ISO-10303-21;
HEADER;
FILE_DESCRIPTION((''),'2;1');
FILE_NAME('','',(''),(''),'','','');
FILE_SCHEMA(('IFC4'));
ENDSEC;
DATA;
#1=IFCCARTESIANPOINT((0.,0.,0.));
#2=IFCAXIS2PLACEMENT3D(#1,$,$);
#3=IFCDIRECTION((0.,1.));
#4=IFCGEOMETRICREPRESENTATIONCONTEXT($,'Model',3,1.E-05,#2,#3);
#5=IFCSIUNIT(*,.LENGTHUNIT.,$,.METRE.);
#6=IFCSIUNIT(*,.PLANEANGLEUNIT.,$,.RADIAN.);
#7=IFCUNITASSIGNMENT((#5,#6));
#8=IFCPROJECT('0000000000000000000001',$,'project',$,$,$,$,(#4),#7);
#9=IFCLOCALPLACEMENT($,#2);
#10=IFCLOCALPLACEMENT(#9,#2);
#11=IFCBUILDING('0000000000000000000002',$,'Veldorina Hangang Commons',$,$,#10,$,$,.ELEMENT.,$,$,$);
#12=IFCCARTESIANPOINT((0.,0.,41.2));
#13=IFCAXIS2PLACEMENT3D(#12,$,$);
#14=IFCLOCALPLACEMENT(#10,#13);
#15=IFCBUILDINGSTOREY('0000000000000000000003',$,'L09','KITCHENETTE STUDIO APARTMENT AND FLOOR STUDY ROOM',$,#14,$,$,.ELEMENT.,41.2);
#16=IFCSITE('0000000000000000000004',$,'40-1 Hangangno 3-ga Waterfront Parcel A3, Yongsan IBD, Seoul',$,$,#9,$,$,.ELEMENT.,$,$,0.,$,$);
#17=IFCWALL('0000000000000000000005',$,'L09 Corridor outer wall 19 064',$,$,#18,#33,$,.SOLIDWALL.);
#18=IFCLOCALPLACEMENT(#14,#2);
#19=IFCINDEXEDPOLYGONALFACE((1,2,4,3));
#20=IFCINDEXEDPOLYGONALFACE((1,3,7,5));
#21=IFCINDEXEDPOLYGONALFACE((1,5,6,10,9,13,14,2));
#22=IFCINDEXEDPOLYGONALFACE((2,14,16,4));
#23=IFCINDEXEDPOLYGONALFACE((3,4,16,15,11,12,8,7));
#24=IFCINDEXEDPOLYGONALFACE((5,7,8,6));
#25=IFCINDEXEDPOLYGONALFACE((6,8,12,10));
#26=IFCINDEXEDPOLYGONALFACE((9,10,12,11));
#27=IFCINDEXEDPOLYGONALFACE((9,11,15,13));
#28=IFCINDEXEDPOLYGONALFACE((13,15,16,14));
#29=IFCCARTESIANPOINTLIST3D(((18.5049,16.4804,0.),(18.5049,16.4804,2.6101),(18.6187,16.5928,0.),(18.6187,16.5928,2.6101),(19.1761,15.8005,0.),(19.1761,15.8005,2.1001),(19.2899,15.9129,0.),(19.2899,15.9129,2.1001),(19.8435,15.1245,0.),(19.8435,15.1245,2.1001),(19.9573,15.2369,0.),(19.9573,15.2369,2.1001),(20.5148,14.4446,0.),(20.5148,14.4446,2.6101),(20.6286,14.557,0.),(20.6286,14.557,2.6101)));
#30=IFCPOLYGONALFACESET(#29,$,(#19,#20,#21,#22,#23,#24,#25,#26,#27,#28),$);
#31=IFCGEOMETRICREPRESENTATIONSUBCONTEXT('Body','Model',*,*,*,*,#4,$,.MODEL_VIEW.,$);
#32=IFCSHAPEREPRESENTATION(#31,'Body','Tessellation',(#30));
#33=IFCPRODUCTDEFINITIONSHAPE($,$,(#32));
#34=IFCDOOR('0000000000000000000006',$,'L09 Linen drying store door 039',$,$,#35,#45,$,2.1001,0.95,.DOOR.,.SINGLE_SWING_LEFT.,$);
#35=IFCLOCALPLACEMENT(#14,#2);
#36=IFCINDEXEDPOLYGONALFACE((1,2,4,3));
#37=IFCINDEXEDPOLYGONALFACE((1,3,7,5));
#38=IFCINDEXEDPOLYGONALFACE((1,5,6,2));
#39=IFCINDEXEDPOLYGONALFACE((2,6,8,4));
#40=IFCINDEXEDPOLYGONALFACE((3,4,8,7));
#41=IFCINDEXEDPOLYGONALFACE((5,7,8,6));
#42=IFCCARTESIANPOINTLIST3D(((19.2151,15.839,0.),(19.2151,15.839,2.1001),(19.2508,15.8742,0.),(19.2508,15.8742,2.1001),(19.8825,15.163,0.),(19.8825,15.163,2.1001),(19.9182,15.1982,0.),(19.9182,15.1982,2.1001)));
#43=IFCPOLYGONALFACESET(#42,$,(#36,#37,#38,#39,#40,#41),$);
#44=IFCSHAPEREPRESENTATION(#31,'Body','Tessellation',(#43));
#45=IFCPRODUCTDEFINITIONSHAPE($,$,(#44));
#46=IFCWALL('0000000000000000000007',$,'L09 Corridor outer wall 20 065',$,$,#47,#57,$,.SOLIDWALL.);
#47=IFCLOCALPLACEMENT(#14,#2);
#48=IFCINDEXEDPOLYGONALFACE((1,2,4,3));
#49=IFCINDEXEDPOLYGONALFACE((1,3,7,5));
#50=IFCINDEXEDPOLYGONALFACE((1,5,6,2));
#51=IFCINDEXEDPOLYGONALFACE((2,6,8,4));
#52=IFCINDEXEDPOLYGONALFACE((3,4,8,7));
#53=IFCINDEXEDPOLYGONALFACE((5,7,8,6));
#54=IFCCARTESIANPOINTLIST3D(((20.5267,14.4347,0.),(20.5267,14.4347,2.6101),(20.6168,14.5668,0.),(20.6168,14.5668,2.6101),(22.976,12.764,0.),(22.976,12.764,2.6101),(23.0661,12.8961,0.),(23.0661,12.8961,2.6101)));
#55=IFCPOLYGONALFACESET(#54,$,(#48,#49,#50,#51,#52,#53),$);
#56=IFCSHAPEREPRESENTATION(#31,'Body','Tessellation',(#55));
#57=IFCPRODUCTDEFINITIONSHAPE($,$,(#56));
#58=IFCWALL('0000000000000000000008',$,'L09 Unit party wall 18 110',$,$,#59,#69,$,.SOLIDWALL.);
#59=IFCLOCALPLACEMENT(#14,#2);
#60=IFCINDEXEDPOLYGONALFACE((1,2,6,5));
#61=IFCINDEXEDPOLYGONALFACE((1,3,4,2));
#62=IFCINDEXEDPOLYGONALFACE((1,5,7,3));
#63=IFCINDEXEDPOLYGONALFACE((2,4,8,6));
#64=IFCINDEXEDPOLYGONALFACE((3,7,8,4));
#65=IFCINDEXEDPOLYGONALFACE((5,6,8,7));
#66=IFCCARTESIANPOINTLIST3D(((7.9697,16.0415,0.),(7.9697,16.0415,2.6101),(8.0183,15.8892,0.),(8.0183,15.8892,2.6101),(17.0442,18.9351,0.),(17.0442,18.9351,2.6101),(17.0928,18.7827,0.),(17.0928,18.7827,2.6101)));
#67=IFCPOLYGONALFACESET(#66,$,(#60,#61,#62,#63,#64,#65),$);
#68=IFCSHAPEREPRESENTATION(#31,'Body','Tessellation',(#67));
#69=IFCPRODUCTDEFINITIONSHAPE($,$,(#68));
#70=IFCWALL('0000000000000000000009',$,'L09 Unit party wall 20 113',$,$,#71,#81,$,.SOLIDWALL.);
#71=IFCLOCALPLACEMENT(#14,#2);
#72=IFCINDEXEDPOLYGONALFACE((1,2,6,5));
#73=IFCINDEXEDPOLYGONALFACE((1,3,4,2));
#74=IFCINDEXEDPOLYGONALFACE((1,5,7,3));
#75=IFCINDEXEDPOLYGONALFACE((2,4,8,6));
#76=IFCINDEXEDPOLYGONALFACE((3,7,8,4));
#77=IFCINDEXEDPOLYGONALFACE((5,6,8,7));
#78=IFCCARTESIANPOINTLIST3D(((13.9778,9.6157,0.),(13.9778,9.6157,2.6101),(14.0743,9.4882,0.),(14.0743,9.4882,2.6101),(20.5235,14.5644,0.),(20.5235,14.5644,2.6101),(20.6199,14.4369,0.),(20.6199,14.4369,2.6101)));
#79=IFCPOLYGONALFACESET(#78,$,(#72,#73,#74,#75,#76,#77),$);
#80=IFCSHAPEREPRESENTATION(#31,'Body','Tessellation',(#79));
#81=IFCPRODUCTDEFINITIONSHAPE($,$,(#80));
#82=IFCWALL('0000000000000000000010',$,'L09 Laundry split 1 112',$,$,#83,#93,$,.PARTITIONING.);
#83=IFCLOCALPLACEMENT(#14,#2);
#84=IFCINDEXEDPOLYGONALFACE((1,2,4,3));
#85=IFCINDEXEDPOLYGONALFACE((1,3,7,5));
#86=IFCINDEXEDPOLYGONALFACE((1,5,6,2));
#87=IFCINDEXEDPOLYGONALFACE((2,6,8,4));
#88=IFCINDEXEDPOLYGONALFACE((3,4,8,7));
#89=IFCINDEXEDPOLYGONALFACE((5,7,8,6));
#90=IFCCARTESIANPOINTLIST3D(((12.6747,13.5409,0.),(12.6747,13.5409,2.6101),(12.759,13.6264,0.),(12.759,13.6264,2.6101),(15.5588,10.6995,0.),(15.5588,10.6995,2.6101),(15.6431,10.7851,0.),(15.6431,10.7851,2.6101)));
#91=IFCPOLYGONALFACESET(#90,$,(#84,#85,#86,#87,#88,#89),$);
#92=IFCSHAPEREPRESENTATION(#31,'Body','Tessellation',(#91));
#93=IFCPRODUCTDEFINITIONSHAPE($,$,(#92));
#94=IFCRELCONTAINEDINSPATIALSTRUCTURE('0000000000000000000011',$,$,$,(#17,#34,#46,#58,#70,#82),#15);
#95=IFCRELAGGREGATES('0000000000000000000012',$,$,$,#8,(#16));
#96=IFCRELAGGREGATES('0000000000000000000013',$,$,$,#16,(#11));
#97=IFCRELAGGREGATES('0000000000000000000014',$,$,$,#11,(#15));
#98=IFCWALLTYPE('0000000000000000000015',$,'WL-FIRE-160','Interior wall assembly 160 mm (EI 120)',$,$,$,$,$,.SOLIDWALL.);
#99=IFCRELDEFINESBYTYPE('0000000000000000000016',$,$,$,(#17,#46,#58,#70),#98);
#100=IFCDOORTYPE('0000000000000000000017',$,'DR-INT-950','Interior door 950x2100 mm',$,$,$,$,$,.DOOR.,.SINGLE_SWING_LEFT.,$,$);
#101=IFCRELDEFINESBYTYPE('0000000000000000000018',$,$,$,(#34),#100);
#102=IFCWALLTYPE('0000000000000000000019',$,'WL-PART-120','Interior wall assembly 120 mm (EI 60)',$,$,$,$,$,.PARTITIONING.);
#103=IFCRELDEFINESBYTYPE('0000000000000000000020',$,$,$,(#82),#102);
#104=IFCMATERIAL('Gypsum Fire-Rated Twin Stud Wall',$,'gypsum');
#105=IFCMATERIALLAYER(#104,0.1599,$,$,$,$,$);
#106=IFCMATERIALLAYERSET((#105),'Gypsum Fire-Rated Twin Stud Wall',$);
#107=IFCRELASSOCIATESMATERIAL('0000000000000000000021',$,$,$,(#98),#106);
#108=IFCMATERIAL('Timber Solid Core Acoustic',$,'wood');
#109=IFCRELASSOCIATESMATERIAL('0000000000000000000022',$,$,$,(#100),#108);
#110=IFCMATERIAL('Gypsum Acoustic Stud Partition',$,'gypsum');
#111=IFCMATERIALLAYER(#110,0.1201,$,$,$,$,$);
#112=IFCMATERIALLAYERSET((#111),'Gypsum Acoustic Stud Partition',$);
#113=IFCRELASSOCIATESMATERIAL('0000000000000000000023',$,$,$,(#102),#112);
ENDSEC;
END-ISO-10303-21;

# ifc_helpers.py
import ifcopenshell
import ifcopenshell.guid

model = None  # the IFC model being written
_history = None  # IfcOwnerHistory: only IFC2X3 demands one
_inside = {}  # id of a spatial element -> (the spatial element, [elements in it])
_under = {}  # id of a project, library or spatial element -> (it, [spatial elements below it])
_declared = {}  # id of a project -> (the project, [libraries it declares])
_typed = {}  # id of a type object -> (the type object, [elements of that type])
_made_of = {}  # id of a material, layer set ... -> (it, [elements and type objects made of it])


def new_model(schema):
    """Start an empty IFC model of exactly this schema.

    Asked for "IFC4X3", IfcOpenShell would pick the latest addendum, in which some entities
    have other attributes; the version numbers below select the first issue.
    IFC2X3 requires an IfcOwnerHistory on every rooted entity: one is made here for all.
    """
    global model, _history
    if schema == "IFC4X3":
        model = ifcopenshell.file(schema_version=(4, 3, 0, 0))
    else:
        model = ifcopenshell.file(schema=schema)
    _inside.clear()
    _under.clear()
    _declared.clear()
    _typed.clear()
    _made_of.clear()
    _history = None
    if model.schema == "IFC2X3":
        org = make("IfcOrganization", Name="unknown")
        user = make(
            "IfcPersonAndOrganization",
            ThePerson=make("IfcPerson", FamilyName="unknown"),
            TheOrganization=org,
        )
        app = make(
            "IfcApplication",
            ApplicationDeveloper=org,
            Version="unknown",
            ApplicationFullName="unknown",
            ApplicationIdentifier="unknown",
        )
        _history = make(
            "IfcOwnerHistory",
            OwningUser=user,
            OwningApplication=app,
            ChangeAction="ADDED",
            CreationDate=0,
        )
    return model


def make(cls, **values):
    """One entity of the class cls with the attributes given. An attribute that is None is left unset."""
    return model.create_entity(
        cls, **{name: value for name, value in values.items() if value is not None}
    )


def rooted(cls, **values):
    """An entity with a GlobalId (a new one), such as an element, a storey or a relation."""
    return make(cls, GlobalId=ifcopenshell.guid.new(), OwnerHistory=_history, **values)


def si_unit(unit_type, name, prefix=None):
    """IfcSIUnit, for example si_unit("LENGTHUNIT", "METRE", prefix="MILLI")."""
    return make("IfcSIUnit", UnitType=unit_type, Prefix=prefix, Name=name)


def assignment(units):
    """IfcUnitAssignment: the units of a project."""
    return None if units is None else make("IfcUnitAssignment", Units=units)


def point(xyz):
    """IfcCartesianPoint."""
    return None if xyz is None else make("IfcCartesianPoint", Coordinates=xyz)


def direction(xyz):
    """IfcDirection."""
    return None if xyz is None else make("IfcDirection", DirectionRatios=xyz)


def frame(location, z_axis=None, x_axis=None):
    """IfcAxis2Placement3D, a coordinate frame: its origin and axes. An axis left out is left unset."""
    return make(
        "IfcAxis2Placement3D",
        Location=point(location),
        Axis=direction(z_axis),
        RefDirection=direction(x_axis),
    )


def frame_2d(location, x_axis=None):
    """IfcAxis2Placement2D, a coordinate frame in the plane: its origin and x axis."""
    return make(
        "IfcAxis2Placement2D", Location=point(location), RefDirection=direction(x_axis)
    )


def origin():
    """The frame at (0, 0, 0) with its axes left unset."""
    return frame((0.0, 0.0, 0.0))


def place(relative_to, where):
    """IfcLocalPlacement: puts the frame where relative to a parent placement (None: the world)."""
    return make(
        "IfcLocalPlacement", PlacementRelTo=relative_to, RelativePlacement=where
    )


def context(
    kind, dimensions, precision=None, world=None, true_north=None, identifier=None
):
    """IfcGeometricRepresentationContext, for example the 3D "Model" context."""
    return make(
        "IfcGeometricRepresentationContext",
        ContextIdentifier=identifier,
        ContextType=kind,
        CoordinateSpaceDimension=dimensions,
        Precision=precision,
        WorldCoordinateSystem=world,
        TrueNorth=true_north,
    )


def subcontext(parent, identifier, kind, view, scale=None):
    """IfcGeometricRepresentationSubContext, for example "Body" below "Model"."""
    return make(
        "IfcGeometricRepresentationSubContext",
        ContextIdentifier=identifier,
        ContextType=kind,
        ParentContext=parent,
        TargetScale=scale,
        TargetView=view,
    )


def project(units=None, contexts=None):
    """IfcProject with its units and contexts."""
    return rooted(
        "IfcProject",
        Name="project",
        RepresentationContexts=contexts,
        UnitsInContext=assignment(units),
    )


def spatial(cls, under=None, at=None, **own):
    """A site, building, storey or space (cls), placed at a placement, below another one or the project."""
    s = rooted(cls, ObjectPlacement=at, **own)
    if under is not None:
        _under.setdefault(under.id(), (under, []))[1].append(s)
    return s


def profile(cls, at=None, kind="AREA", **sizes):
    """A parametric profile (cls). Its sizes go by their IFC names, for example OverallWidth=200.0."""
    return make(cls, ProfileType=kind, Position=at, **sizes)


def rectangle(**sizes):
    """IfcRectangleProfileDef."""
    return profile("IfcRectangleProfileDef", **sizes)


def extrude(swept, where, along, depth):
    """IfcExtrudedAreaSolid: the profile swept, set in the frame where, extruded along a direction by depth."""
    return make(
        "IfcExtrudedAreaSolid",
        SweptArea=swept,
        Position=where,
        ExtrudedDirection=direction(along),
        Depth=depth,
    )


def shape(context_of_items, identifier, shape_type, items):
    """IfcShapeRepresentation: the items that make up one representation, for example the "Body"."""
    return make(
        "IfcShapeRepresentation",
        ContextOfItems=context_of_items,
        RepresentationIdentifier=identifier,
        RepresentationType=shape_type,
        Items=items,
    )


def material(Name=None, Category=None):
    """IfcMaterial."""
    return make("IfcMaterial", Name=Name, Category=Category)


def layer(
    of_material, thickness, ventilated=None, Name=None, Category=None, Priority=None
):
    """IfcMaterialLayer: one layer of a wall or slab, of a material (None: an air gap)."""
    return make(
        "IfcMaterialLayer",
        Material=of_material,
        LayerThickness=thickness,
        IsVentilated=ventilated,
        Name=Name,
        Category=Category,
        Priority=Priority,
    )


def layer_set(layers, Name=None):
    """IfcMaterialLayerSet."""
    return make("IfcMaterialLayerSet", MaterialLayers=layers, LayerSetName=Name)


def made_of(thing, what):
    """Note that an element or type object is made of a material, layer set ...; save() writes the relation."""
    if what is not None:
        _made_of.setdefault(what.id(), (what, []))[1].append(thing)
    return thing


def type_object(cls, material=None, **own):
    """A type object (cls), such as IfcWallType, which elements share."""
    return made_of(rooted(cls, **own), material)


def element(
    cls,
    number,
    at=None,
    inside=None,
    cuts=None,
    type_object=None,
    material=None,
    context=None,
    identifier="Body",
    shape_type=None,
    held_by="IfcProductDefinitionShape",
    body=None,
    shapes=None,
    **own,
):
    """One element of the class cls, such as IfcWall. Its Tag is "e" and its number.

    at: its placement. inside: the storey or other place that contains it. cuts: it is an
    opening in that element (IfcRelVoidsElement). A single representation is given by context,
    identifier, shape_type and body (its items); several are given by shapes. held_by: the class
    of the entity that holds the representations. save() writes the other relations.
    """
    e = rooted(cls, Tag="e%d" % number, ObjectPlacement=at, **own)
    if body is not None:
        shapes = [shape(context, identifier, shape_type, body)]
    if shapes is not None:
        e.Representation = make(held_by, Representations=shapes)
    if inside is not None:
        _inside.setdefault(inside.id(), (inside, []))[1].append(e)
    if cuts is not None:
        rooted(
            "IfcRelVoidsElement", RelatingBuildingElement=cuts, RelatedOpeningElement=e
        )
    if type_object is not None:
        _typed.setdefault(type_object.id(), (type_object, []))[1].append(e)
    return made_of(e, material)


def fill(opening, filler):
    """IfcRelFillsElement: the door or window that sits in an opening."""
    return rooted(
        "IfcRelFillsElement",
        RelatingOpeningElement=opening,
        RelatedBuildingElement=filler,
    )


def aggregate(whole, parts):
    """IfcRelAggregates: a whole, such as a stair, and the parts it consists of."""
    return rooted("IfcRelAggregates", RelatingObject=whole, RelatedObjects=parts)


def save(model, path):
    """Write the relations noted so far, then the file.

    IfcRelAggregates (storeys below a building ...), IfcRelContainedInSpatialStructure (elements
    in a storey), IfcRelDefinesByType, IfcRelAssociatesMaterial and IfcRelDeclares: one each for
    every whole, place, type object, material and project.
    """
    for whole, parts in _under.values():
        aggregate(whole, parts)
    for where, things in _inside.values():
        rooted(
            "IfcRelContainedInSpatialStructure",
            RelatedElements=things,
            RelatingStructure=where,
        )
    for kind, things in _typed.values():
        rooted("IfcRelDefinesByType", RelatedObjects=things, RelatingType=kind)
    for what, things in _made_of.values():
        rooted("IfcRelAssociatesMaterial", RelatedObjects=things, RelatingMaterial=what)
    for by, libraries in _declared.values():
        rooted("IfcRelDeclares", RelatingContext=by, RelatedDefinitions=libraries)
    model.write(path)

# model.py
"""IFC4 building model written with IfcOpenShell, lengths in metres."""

from ifc_helpers import new_model, si_unit, direction, frame, frame_2d, origin, place, context, subcontext, project, spatial, rectangle, extrude, material, layer, layer_set, type_object, element, fill, save


model = new_model("IFC4")

# Units and contexts
model_context = context("Model", 3, precision=1e-05, world=origin(), true_north=direction((0.0, 1.0)))
body_context = subcontext(model_context, "Body", "Model", "MODEL_VIEW")
ifc_project = project(units=[si_unit("LENGTHUNIT", "METRE"), si_unit("PLANEANGLEUNIT", "RADIAN")], contexts=[model_context])

# Site, building, storey
site_placement = place(None, origin())
site = spatial("IfcSite", under=ifc_project, at=site_placement, Name="40-1 Hangangno 3-ga Waterfront Parcel A3, Yongsan IBD, Seoul", CompositionType="ELEMENT", RefElevation=0.0)
building_placement = place(site_placement, origin())
building = spatial("IfcBuilding", under=site, at=building_placement, Name="Veldorina Hangang Commons", CompositionType="ELEMENT")
storey_placement = place(building_placement, frame((0.0, 0.0, 41.2)))
storey = spatial("IfcBuildingStorey", under=building, at=storey_placement, Name="L09", Description="KITCHENETTE STUDIO APARTMENT AND FLOOR STUDY ROOM", CompositionType="ELEMENT", Elevation=41.2)

# Shared definitions
ifc_material_1 = material(Name="Gypsum Fire-Rated Twin Stud Wall", Category="gypsum")
ifc_layer_1 = layer(ifc_material_1, 0.1599)
ifc_layer_set_1 = layer_set([ifc_layer_1], Name="Gypsum Fire-Rated Twin Stud Wall")
wall_type_1 = type_object("IfcWallType", Name="WL-FIRE-160", Description="Interior wall assembly 160 mm (EI 120)", PredefinedType="SOLIDWALL", material=ifc_layer_set_1)

# Wall, opening, door
wall_1_placement = place(storey_placement, frame((18.5618, 16.5366, 0.0), z_axis=(0.0, 0.0, 1.0), x_axis=(0.70257, -0.711615, 0.0)))
wall_1 = element("IfcWall", 1, at=wall_1_placement, inside=storey, type_object=wall_type_1, Name="L09 Corridor outer wall 19 064", PredefinedType="SOLIDWALL", context=body_context, shape_type="SweptSolid", body=[
    extrude(rectangle(XDim=2.8608, YDim=0.1599, at=frame_2d((1.4304, 0.0))), origin(), (0.0, 0.0, 1.0), 2.6101),
])
opening_placement = place(wall_1_placement, frame((0.9553, 0.0, 0.0)))
opening = element("IfcOpeningElement", 2, at=opening_placement, cuts=wall_1, PredefinedType="OPENING", context=body_context, shape_type="SweptSolid", body=[
    extrude(rectangle(XDim=0.95, YDim=2.1001, at=frame_2d((0.4751, 1.05))), frame((0.0, 0.0898, 0.0), z_axis=(0.0, -1.0, 0.0), x_axis=(1.0, 0.0, 0.0)), (0.0, 0.0, 1.0), 0.1799),
])
ifc_material_2 = material(Name="Timber Solid Core Acoustic", Category="wood")
door_type = type_object("IfcDoorType", Name="DR-INT-950", Description="Interior door 950x2100 mm", OperationType="SINGLE_SWING_LEFT", PredefinedType="DOOR", material=ifc_material_2)
door_placement = place(opening_placement, origin())
door = element("IfcDoor", 3, at=door_placement, inside=storey, type_object=door_type, Name="L09 Linen drying store door 039", OperationType="SINGLE_SWING_LEFT", OverallHeight=2.1001, OverallWidth=0.95, PredefinedType="DOOR", context=body_context, shape_type="SweptSolid", body=[
    extrude(rectangle(XDim=0.95, YDim=2.1001, at=frame_2d((0.4751, 1.05))), frame((0.0, 0.0249, 0.0), z_axis=(0.0, -1.0, 0.0), x_axis=(1.0, 0.0, 0.0)), (0.0, 0.0, 1.0), 0.05),
])
fill(opening, door)

# Walls
wall_2_placement = place(storey_placement, frame((20.5718, 14.5007, 0.0), z_axis=(0.0, 0.0, 1.0), x_axis=(0.826112, -0.563505, 0.0)))
element("IfcWall", 4, at=wall_2_placement, inside=storey, type_object=wall_type_1, Name="L09 Corridor outer wall 20 065", PredefinedType="SOLIDWALL", context=body_context, shape_type="SweptSolid", body=[
    extrude(rectangle(XDim=2.9648, YDim=0.1599, at=frame_2d((1.4824, 0.0))), origin(), (0.0, 0.0, 1.0), 2.6101),
])
wall_3_placement = place(storey_placement, frame((17.0684, 18.8589, 0.0), z_axis=(0.0, 0.0, 1.0), x_axis=(-0.952737, -0.303797, 0.0)))
element("IfcWall", 5, at=wall_3_placement, inside=storey, type_object=wall_type_1, Name="L09 Unit party wall 18 110", PredefinedType="SOLIDWALL", context=body_context, shape_type="SweptSolid", body=[
    extrude(rectangle(XDim=9.5247, YDim=0.1599, at=frame_2d((4.7622, 0.0))), origin(), (0.0, 0.0, 1.0), 2.6101),
])
wall_4_placement = place(storey_placement, frame((20.5718, 14.5007, 0.0), z_axis=(0.0, 0.0, 1.0), x_axis=(-0.797684, -0.603075, 0.0)))
element("IfcWall", 6, at=wall_4_placement, inside=storey, type_object=wall_type_1, Name="L09 Unit party wall 20 113", PredefinedType="SOLIDWALL", context=body_context, shape_type="SweptSolid", body=[
    extrude(rectangle(XDim=8.2058, YDim=0.1599, at=frame_2d((4.103, 0.0))), origin(), (0.0, 0.0, 1.0), 2.6101),
])
ifc_material_3 = material(Name="Gypsum Acoustic Stud Partition", Category="gypsum")
ifc_layer_2 = layer(ifc_material_3, 0.1201)
ifc_layer_set_2 = layer_set([ifc_layer_2], Name="Gypsum Acoustic Stud Partition")
wall_type_2 = type_object("IfcWallType", Name="WL-PART-120", Description="Interior wall assembly 120 mm (EI 60)", PredefinedType="PARTITIONING", material=ifc_layer_set_2)
wall_5_placement = place(storey_placement, frame((12.7168, 13.5837, 0.0), z_axis=(0.0, 0.0, 1.0), x_axis=(0.712364, -0.701811, 0.0)))
element("IfcWall", 7, at=wall_5_placement, inside=storey, type_object=wall_type_2, Name="L09 Laundry split 1 112", PredefinedType="PARTITIONING", context=body_context, shape_type="SweptSolid", body=[
    extrude(rectangle(XDim=4.0486, YDim=0.1201, at=frame_2d((2.0244, 0.0))), origin(), (0.0, 0.0, 1.0), 2.6101),
])

save(model, "model.ifc")
